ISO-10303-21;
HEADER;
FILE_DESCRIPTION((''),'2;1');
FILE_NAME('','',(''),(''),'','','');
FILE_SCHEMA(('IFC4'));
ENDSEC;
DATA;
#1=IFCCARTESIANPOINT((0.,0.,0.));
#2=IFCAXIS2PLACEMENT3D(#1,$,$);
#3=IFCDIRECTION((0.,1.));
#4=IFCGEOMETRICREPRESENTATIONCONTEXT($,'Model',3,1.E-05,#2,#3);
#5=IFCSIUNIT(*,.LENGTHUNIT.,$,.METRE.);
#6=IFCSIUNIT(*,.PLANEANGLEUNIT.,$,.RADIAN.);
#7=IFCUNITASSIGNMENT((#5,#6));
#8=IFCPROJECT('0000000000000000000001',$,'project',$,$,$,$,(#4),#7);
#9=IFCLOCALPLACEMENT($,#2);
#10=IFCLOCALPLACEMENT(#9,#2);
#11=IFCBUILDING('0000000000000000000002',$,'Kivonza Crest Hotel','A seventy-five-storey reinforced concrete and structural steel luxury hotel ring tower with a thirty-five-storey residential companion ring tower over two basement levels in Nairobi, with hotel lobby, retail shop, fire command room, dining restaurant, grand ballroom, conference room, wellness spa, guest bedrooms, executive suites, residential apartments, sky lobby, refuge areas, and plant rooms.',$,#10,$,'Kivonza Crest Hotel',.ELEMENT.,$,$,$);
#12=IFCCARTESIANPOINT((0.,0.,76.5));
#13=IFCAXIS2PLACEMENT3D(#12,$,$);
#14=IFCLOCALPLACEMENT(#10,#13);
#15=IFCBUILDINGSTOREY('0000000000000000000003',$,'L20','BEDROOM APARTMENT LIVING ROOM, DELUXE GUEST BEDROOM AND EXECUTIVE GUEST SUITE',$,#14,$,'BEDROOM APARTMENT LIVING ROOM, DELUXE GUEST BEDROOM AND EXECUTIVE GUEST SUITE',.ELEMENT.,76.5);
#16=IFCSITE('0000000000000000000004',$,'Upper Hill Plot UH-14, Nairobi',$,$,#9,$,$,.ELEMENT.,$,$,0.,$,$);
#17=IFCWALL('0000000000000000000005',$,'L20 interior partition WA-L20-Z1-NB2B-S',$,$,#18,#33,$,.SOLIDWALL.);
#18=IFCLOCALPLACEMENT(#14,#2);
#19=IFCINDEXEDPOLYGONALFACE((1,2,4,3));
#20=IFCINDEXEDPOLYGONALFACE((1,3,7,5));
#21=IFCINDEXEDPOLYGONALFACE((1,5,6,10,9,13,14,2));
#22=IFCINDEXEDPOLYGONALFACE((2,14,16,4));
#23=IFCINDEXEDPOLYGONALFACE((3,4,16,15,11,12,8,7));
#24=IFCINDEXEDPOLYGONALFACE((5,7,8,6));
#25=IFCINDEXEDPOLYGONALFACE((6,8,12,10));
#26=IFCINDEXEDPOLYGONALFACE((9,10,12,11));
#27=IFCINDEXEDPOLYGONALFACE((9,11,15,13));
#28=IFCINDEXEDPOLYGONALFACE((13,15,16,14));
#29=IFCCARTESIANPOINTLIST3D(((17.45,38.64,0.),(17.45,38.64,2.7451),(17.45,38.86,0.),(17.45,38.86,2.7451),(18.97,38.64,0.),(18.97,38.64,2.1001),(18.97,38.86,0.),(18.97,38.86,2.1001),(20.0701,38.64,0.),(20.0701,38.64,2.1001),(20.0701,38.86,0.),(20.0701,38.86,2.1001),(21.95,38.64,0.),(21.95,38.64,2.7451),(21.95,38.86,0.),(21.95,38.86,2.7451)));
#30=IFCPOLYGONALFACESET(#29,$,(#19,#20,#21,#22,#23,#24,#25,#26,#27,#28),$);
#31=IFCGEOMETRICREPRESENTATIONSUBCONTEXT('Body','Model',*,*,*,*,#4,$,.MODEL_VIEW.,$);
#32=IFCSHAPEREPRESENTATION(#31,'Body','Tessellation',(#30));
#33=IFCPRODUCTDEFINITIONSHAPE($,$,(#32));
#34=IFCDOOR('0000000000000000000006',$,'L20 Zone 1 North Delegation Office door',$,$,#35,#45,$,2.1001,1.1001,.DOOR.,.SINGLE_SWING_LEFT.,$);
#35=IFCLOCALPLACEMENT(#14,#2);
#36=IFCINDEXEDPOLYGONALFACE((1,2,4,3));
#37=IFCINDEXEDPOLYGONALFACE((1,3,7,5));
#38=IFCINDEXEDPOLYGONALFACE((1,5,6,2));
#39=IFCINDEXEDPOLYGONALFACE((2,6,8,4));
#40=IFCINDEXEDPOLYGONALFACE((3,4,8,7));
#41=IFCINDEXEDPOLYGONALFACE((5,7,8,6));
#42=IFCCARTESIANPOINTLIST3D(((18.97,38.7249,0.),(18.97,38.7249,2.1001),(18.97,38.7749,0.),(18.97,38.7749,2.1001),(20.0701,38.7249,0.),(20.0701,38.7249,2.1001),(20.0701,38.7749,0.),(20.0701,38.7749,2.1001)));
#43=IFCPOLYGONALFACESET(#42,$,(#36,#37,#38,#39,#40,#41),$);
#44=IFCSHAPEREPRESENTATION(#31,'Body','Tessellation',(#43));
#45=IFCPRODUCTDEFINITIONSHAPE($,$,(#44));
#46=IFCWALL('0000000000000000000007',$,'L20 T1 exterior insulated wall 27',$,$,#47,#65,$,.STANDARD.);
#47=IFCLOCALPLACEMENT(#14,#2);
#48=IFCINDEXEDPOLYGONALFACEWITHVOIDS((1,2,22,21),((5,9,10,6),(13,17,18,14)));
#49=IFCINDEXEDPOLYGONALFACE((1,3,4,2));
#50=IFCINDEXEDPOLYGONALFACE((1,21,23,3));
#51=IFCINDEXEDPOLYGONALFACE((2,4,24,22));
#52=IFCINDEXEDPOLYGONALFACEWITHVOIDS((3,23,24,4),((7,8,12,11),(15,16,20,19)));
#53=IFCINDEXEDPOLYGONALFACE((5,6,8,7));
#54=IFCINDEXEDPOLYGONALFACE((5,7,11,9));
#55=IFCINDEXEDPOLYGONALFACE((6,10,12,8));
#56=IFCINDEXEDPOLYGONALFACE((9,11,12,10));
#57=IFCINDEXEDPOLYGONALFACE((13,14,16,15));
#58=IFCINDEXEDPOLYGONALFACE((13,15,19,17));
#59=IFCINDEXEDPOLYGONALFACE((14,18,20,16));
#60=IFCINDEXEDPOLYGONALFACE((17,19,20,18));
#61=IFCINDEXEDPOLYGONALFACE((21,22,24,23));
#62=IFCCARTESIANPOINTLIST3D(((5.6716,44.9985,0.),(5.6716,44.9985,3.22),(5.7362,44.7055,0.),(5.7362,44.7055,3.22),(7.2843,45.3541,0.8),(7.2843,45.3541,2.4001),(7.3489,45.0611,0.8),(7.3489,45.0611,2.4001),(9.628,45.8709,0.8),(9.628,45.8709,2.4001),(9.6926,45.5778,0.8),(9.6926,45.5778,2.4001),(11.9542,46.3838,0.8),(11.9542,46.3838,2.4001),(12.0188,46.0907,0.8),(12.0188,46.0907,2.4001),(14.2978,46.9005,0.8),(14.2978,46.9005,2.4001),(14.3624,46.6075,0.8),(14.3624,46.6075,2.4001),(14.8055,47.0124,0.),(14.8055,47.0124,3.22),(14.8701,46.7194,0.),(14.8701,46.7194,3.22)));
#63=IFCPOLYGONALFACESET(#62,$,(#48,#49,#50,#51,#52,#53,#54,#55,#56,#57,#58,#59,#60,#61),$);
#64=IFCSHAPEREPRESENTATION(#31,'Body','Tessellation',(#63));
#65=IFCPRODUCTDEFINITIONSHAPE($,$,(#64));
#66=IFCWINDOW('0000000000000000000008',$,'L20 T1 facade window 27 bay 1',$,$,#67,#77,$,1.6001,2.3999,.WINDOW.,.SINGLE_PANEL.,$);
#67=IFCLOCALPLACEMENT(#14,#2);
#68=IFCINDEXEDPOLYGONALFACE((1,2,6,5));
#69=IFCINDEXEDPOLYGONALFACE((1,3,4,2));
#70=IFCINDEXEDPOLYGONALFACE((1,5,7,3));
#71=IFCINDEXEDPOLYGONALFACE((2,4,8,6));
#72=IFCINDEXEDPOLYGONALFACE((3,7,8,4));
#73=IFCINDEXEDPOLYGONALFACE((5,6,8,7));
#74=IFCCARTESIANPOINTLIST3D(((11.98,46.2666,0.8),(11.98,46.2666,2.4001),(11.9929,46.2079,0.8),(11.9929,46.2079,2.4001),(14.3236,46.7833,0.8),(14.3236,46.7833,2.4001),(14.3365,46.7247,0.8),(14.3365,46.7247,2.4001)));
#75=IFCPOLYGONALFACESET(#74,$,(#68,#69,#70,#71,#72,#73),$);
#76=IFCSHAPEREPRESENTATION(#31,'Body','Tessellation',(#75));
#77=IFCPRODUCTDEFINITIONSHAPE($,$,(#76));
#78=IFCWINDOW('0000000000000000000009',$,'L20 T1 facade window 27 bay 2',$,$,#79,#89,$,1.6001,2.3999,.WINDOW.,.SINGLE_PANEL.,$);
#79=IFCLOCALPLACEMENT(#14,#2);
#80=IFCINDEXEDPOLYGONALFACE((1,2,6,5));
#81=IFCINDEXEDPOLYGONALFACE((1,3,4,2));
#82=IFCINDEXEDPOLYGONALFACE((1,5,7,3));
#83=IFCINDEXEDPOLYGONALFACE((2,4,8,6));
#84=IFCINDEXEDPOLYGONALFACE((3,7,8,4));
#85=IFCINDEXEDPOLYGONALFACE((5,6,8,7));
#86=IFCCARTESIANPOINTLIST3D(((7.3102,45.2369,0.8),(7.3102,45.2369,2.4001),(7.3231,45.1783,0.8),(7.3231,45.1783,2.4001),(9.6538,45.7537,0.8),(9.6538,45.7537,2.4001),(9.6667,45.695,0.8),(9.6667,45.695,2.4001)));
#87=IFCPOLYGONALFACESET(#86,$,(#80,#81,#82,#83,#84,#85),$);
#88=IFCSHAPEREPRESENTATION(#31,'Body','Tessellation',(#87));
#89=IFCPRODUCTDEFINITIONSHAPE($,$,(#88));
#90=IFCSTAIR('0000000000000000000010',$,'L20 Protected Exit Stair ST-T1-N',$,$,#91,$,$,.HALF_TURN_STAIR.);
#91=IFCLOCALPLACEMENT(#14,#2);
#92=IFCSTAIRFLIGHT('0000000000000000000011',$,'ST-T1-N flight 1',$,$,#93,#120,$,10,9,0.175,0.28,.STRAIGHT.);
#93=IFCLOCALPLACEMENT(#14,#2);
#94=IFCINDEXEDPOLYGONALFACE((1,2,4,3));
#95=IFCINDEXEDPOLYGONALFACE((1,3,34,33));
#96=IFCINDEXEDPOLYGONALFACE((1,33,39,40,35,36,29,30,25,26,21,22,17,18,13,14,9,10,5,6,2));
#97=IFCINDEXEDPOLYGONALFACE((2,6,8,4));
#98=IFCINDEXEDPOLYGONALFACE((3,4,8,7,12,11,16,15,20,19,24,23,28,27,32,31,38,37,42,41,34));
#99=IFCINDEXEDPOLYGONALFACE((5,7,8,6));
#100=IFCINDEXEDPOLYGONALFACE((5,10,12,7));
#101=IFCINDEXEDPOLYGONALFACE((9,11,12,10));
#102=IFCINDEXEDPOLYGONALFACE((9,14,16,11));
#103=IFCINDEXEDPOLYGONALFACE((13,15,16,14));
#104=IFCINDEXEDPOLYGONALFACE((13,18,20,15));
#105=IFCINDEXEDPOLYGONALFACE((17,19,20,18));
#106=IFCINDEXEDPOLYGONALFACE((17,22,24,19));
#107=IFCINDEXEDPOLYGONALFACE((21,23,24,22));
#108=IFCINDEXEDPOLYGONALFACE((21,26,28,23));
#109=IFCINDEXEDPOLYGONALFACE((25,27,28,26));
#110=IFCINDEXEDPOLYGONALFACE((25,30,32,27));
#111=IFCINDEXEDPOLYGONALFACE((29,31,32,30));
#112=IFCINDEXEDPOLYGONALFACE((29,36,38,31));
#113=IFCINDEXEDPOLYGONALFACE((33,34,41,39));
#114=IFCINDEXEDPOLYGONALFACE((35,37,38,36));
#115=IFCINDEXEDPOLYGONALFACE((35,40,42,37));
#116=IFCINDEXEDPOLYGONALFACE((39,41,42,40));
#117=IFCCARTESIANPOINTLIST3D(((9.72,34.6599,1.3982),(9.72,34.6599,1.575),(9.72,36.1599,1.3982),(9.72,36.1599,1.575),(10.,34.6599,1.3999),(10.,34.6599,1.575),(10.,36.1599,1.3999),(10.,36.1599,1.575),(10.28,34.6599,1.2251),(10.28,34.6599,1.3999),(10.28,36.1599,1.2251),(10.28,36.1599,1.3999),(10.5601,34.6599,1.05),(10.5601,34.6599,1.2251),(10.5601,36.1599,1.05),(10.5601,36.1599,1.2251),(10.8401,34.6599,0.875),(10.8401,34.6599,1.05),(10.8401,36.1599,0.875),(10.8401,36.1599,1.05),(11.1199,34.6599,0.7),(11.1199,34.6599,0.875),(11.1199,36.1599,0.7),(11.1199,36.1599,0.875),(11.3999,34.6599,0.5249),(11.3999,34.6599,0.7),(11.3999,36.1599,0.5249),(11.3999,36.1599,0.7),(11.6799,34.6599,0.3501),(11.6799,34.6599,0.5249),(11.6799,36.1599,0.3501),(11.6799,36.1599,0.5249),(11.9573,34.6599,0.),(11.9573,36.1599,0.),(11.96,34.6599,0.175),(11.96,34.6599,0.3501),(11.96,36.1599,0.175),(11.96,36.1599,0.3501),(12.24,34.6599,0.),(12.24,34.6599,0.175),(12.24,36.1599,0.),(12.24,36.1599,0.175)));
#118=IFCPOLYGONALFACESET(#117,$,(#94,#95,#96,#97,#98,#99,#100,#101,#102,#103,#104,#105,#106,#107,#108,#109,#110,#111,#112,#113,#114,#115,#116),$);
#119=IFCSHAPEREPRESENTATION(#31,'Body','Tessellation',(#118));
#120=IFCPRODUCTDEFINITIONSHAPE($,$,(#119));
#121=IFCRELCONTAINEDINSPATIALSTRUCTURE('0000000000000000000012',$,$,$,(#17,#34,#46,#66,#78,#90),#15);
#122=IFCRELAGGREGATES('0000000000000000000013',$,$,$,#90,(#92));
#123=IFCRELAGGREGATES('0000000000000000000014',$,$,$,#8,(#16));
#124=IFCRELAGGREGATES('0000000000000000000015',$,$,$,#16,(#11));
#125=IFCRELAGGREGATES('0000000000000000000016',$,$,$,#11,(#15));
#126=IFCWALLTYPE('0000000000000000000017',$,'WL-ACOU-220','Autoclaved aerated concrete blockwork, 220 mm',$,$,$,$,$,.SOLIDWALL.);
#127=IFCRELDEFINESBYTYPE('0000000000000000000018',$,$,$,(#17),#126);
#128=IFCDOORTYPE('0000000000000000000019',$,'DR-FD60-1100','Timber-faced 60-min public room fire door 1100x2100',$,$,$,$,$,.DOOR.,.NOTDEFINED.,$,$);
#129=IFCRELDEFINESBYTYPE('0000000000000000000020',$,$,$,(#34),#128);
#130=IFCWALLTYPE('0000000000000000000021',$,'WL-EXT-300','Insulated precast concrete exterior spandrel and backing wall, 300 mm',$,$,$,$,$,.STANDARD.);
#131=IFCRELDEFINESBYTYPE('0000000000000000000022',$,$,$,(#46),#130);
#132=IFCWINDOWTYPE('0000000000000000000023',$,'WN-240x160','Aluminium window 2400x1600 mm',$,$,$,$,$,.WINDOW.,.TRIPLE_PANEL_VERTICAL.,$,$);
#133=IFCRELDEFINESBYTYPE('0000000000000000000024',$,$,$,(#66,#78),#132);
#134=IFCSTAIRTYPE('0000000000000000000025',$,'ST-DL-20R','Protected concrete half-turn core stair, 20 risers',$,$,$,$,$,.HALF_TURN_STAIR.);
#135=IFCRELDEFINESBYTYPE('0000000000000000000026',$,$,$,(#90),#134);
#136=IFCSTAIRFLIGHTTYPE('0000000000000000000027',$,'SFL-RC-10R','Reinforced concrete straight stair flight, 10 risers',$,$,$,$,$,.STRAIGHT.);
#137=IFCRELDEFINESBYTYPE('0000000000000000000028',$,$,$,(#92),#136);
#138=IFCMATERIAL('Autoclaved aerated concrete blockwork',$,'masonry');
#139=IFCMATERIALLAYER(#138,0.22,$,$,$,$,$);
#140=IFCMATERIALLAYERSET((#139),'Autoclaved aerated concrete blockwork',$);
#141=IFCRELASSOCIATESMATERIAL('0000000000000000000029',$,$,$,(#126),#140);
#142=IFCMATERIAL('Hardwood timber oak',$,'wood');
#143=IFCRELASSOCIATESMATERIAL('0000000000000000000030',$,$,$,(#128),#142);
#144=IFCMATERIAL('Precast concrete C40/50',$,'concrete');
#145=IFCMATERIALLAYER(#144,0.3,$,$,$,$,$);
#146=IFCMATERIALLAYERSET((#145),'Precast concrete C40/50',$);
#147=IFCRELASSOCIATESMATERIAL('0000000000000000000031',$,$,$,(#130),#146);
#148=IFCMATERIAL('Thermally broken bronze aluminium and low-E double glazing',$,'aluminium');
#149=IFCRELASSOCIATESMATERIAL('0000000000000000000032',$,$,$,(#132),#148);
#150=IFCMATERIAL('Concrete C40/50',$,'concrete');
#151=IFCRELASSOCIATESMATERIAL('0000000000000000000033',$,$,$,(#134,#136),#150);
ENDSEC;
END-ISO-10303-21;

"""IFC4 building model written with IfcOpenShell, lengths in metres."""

from ifc_helpers import new_model, si_unit, direction, frame, frame_2d, origin, place, context, subcontext, project, spatial, polyline, rectangle, outline, extrude, material, layer, layer_set, type_object, element, fill, aggregate, save


model = new_model("IFC4")

# Units and contexts
model_context = context("Model", 3, precision=1e-05, world=origin(), true_north=direction((0.0, 1.0)))
body_context = subcontext(model_context, "Body", "Model", "MODEL_VIEW")
ifc_project = project(units=[si_unit("LENGTHUNIT", "METRE"), si_unit("PLANEANGLEUNIT", "RADIAN")], contexts=[model_context])

# Site, building, storey
site_placement = place(None, origin())
site = spatial("IfcSite", under=ifc_project, at=site_placement, Name="Upper Hill Plot UH-14, Nairobi", CompositionType="ELEMENT", RefElevation=0.0)
building_placement = place(site_placement, origin())
building = spatial("IfcBuilding", under=site, at=building_placement, Name="Kivonza Crest Hotel", Description="A seventy-five-storey reinforced concrete and structural steel luxury hotel ring tower with a thirty-five-storey residential companion ring tower over two basement levels in Nairobi, with hotel lobby, retail shop, fire command room, dining restaurant, grand ballroom, conference room, wellness spa, guest bedrooms, executive suites, residential apartments, sky lobby, refuge areas, and plant rooms.", LongName="Kivonza Crest Hotel", CompositionType="ELEMENT")
storey_placement = place(building_placement, frame((0.0, 0.0, 76.5)))
storey = spatial("IfcBuildingStorey", under=building, at=storey_placement, Name="L20", Description="BEDROOM APARTMENT LIVING ROOM, DELUXE GUEST BEDROOM AND EXECUTIVE GUEST SUITE", LongName="BEDROOM APARTMENT LIVING ROOM, DELUXE GUEST BEDROOM AND EXECUTIVE GUEST SUITE", CompositionType="ELEMENT", Elevation=76.5)

# Wall, opening, door
ifc_material_1 = material(Name="Autoclaved aerated concrete blockwork", Category="masonry")
ifc_layer_1 = layer(ifc_material_1, 0.22)
ifc_layer_set_1 = layer_set([ifc_layer_1], Name="Autoclaved aerated concrete blockwork")
wall_type_1 = type_object("IfcWallType", Name="WL-ACOU-220", Description="Autoclaved aerated concrete blockwork, 220 mm", PredefinedType="SOLIDWALL", material=ifc_layer_set_1)
ifc_material_2 = material(Name="Hardwood timber oak", Category="wood")
door_type = type_object("IfcDoorType", Name="DR-FD60-1100", Description="Timber-faced 60-min public room fire door 1100x2100", OperationType="NOTDEFINED", PredefinedType="DOOR", material=ifc_material_2)
wall_1_placement = place(storey_placement, frame((17.45, 38.75, 0.0), z_axis=(0.0, 0.0, 1.0), x_axis=(1.0, 0.0, 0.0)))
wall_1 = element("IfcWall", 1, at=wall_1_placement, inside=storey, type_object=wall_type_1, Name="L20 interior partition WA-L20-Z1-NB2B-S", PredefinedType="SOLIDWALL", context=body_context, shape_type="SweptSolid", body=[
    extrude(rectangle(XDim=4.5, YDim=0.22, at=frame_2d((2.25, 0.0))), origin(), (0.0, 0.0, 1.0), 2.7451),
])
opening_1_placement = place(wall_1_placement, frame((1.52, 0.0, 0.0)))
opening_1 = element("IfcOpeningElement", 2, at=opening_1_placement, cuts=wall_1, PredefinedType="OPENING", context=body_context, shape_type="SweptSolid", body=[
    extrude(rectangle(XDim=1.1001, YDim=2.1001, at=frame_2d((0.55, 1.05))), frame((0.0, 0.1201, 0.0), z_axis=(0.0, -1.0, 0.0), x_axis=(1.0, 0.0, 0.0)), (0.0, 0.0, 1.0), 0.24),
])
door_1_placement = place(opening_1_placement, origin())
door_1 = element("IfcDoor", 3, at=door_1_placement, inside=storey, type_object=door_type, Name="L20 Zone 1 North Delegation Office door", OperationType="SINGLE_SWING_LEFT", OverallHeight=2.1001, OverallWidth=1.1001, PredefinedType="DOOR", context=body_context, shape_type="SweptSolid", body=[
    extrude(rectangle(XDim=1.1001, YDim=2.1001, at=frame_2d((0.55, 1.05))), frame((0.0, 0.0249, 0.0), z_axis=(0.0, -1.0, 0.0), x_axis=(1.0, 0.0, 0.0)), (0.0, 0.0, 1.0), 0.05),
])
fill(opening_1, door_1)

# Wall, openings, windows
ifc_material_3 = material(Name="Precast concrete C40/50", Category="concrete")
ifc_layer_2 = layer(ifc_material_3, 0.3)
ifc_layer_set_2 = layer_set([ifc_layer_2], Name="Precast concrete C40/50")
wall_type_2 = type_object("IfcWallType", Name="WL-EXT-300", Description="Insulated precast concrete exterior spandrel and backing wall, 300 mm", PredefinedType="STANDARD", material=ifc_layer_set_2)
wall_2_placement = place(storey_placement, frame((14.8379, 46.866, 0.0), z_axis=(0.0, 0.0, 1.0), x_axis=(-0.976544, -0.215319, 0.0)))
wall_2 = element("IfcWall", 4, at=wall_2_placement, inside=storey, type_object=wall_type_2, Name="L20 T1 exterior insulated wall 27", PredefinedType="STANDARD", context=body_context, shape_type="SweptSolid", body=[
    extrude(rectangle(XDim=9.3533, YDim=0.3, at=frame_2d((4.6768, 0.0))), origin(), (0.0, 0.0, 1.0), 3.22),
])
opening_2_placement = place(wall_2_placement, frame((0.52, 0.0, 0.8)))
opening_2 = element("IfcOpeningElement", 5, at=opening_2_placement, cuts=wall_2, PredefinedType="OPENING", context=body_context, shape_type="SweptSolid", body=[
    extrude(rectangle(XDim=2.3999, YDim=1.6001, at=frame_2d((1.2, 0.8))), frame((0.0, 0.1602, 0.0), z_axis=(0.0, -1.0, 0.0), x_axis=(1.0, 0.0, 0.0)), (0.0, 0.0, 1.0), 0.3201),
])
opening_3_placement = place(wall_2_placement, frame((5.302, 0.0, 0.8)))
opening_3 = element("IfcOpeningElement", 6, at=opening_3_placement, cuts=wall_2, PredefinedType="OPENING", context=body_context, shape_type="SweptSolid", body=[
    extrude(rectangle(XDim=2.3999, YDim=1.6001, at=frame_2d((1.2, 0.8))), frame((0.0, 0.1602, 0.0), z_axis=(0.0, -1.0, 0.0), x_axis=(1.0, 0.0, 0.0)), (0.0, 0.0, 1.0), 0.3201),
])
ifc_material_4 = material(Name="Thermally broken bronze aluminium and low-E double glazing", Category="aluminium")
window_type = type_object("IfcWindowType", Name="WN-240x160", Description="Aluminium window 2400x1600 mm", PartitioningType="TRIPLE_PANEL_VERTICAL", PredefinedType="WINDOW", material=ifc_material_4)
window_1_placement = place(opening_2_placement, origin())
window_1 = element("IfcWindow", 7, at=window_1_placement, inside=storey, type_object=window_type, Name="L20 T1 facade window 27 bay 1", OverallHeight=1.6001, OverallWidth=2.3999, PartitioningType="SINGLE_PANEL", PredefinedType="WINDOW", context=body_context, shape_type="SweptSolid", body=[
    extrude(rectangle(XDim=2.3999, YDim=1.6001, at=frame_2d((1.2, 0.8))), frame((0.0, 0.03, 0.0), z_axis=(0.0, -1.0, 0.0), x_axis=(1.0, 0.0, 0.0)), (0.0, 0.0, 1.0), 0.0601),
])
fill(opening_2, window_1)
window_2_placement = place(opening_3_placement, origin())
window_2 = element("IfcWindow", 8, at=window_2_placement, inside=storey, type_object=window_type, Name="L20 T1 facade window 27 bay 2", OverallHeight=1.6001, OverallWidth=2.3999, PartitioningType="SINGLE_PANEL", PredefinedType="WINDOW", context=body_context, shape_type="SweptSolid", body=[
    extrude(rectangle(XDim=2.3999, YDim=1.6001, at=frame_2d((1.2, 0.8))), frame((0.0, 0.03, 0.0), z_axis=(0.0, -1.0, 0.0), x_axis=(1.0, 0.0, 0.0)), (0.0, 0.0, 1.0), 0.0601),
])
fill(opening_3, window_2)

# Stair, stair flight
ifc_material_5 = material(Name="Concrete C40/50", Category="concrete")
stair_type = type_object("IfcStairType", Name="ST-DL-20R", Description="Protected concrete half-turn core stair, 20 risers", PredefinedType="HALF_TURN_STAIR", material=ifc_material_5)
stair_placement = place(storey_placement, origin())
stair = element("IfcStair", 9, at=stair_placement, inside=storey, type_object=stair_type, Name="L20 Protected Exit Stair ST-T1-N", PredefinedType="HALF_TURN_STAIR")
stair_flight_type = type_object("IfcStairFlightType", Name="SFL-RC-10R", Description="Reinforced concrete straight stair flight, 10 risers", PredefinedType="STRAIGHT", material=ifc_material_5)
stair_flight_placement = place(storey_placement, frame((12.24, 35.4099, 0.0), z_axis=(0.0, 0.0, 1.0), x_axis=(-1.0, 0.0, 0.0)))
stair_flight = element("IfcStairFlight", 10, at=stair_flight_placement, type_object=stair_flight_type, Name="ST-T1-N flight 1", NumberOfRisers=10, NumberOfTreads=9, PredefinedType="STRAIGHT", RiserHeight=0.175, TreadLength=0.28, context=body_context, shape_type="SweptSolid", body=[
    extrude(outline(polyline([(0.0, 0.0), (0.0, 0.175), (0.28, 0.175), (0.28, 0.3501), (0.5601, 0.3501), (0.5601, 0.5249), (0.8401, 0.5249), (0.8401, 0.7), (1.1201, 0.7), (1.1201, 0.875), (1.3999, 0.875), (1.3999, 1.05), (1.6799, 1.05), (1.6799, 1.2251), (1.96, 1.2251), (1.96, 1.3999), (2.24, 1.3999), (2.24, 1.575), (2.52, 1.575), (2.52, 1.75), (2.52, 1.3982), (0.2827, 0.0), (0.0, 0.0)])), frame((0.0, 0.75, 0.0), z_axis=(0.0, -1.0, 0.0), x_axis=(1.0, 0.0, 0.0)), (0.0, 0.0, 1.0), 1.5),
])
aggregate(stair, [stair_flight])

save(model, "model.ifc")
